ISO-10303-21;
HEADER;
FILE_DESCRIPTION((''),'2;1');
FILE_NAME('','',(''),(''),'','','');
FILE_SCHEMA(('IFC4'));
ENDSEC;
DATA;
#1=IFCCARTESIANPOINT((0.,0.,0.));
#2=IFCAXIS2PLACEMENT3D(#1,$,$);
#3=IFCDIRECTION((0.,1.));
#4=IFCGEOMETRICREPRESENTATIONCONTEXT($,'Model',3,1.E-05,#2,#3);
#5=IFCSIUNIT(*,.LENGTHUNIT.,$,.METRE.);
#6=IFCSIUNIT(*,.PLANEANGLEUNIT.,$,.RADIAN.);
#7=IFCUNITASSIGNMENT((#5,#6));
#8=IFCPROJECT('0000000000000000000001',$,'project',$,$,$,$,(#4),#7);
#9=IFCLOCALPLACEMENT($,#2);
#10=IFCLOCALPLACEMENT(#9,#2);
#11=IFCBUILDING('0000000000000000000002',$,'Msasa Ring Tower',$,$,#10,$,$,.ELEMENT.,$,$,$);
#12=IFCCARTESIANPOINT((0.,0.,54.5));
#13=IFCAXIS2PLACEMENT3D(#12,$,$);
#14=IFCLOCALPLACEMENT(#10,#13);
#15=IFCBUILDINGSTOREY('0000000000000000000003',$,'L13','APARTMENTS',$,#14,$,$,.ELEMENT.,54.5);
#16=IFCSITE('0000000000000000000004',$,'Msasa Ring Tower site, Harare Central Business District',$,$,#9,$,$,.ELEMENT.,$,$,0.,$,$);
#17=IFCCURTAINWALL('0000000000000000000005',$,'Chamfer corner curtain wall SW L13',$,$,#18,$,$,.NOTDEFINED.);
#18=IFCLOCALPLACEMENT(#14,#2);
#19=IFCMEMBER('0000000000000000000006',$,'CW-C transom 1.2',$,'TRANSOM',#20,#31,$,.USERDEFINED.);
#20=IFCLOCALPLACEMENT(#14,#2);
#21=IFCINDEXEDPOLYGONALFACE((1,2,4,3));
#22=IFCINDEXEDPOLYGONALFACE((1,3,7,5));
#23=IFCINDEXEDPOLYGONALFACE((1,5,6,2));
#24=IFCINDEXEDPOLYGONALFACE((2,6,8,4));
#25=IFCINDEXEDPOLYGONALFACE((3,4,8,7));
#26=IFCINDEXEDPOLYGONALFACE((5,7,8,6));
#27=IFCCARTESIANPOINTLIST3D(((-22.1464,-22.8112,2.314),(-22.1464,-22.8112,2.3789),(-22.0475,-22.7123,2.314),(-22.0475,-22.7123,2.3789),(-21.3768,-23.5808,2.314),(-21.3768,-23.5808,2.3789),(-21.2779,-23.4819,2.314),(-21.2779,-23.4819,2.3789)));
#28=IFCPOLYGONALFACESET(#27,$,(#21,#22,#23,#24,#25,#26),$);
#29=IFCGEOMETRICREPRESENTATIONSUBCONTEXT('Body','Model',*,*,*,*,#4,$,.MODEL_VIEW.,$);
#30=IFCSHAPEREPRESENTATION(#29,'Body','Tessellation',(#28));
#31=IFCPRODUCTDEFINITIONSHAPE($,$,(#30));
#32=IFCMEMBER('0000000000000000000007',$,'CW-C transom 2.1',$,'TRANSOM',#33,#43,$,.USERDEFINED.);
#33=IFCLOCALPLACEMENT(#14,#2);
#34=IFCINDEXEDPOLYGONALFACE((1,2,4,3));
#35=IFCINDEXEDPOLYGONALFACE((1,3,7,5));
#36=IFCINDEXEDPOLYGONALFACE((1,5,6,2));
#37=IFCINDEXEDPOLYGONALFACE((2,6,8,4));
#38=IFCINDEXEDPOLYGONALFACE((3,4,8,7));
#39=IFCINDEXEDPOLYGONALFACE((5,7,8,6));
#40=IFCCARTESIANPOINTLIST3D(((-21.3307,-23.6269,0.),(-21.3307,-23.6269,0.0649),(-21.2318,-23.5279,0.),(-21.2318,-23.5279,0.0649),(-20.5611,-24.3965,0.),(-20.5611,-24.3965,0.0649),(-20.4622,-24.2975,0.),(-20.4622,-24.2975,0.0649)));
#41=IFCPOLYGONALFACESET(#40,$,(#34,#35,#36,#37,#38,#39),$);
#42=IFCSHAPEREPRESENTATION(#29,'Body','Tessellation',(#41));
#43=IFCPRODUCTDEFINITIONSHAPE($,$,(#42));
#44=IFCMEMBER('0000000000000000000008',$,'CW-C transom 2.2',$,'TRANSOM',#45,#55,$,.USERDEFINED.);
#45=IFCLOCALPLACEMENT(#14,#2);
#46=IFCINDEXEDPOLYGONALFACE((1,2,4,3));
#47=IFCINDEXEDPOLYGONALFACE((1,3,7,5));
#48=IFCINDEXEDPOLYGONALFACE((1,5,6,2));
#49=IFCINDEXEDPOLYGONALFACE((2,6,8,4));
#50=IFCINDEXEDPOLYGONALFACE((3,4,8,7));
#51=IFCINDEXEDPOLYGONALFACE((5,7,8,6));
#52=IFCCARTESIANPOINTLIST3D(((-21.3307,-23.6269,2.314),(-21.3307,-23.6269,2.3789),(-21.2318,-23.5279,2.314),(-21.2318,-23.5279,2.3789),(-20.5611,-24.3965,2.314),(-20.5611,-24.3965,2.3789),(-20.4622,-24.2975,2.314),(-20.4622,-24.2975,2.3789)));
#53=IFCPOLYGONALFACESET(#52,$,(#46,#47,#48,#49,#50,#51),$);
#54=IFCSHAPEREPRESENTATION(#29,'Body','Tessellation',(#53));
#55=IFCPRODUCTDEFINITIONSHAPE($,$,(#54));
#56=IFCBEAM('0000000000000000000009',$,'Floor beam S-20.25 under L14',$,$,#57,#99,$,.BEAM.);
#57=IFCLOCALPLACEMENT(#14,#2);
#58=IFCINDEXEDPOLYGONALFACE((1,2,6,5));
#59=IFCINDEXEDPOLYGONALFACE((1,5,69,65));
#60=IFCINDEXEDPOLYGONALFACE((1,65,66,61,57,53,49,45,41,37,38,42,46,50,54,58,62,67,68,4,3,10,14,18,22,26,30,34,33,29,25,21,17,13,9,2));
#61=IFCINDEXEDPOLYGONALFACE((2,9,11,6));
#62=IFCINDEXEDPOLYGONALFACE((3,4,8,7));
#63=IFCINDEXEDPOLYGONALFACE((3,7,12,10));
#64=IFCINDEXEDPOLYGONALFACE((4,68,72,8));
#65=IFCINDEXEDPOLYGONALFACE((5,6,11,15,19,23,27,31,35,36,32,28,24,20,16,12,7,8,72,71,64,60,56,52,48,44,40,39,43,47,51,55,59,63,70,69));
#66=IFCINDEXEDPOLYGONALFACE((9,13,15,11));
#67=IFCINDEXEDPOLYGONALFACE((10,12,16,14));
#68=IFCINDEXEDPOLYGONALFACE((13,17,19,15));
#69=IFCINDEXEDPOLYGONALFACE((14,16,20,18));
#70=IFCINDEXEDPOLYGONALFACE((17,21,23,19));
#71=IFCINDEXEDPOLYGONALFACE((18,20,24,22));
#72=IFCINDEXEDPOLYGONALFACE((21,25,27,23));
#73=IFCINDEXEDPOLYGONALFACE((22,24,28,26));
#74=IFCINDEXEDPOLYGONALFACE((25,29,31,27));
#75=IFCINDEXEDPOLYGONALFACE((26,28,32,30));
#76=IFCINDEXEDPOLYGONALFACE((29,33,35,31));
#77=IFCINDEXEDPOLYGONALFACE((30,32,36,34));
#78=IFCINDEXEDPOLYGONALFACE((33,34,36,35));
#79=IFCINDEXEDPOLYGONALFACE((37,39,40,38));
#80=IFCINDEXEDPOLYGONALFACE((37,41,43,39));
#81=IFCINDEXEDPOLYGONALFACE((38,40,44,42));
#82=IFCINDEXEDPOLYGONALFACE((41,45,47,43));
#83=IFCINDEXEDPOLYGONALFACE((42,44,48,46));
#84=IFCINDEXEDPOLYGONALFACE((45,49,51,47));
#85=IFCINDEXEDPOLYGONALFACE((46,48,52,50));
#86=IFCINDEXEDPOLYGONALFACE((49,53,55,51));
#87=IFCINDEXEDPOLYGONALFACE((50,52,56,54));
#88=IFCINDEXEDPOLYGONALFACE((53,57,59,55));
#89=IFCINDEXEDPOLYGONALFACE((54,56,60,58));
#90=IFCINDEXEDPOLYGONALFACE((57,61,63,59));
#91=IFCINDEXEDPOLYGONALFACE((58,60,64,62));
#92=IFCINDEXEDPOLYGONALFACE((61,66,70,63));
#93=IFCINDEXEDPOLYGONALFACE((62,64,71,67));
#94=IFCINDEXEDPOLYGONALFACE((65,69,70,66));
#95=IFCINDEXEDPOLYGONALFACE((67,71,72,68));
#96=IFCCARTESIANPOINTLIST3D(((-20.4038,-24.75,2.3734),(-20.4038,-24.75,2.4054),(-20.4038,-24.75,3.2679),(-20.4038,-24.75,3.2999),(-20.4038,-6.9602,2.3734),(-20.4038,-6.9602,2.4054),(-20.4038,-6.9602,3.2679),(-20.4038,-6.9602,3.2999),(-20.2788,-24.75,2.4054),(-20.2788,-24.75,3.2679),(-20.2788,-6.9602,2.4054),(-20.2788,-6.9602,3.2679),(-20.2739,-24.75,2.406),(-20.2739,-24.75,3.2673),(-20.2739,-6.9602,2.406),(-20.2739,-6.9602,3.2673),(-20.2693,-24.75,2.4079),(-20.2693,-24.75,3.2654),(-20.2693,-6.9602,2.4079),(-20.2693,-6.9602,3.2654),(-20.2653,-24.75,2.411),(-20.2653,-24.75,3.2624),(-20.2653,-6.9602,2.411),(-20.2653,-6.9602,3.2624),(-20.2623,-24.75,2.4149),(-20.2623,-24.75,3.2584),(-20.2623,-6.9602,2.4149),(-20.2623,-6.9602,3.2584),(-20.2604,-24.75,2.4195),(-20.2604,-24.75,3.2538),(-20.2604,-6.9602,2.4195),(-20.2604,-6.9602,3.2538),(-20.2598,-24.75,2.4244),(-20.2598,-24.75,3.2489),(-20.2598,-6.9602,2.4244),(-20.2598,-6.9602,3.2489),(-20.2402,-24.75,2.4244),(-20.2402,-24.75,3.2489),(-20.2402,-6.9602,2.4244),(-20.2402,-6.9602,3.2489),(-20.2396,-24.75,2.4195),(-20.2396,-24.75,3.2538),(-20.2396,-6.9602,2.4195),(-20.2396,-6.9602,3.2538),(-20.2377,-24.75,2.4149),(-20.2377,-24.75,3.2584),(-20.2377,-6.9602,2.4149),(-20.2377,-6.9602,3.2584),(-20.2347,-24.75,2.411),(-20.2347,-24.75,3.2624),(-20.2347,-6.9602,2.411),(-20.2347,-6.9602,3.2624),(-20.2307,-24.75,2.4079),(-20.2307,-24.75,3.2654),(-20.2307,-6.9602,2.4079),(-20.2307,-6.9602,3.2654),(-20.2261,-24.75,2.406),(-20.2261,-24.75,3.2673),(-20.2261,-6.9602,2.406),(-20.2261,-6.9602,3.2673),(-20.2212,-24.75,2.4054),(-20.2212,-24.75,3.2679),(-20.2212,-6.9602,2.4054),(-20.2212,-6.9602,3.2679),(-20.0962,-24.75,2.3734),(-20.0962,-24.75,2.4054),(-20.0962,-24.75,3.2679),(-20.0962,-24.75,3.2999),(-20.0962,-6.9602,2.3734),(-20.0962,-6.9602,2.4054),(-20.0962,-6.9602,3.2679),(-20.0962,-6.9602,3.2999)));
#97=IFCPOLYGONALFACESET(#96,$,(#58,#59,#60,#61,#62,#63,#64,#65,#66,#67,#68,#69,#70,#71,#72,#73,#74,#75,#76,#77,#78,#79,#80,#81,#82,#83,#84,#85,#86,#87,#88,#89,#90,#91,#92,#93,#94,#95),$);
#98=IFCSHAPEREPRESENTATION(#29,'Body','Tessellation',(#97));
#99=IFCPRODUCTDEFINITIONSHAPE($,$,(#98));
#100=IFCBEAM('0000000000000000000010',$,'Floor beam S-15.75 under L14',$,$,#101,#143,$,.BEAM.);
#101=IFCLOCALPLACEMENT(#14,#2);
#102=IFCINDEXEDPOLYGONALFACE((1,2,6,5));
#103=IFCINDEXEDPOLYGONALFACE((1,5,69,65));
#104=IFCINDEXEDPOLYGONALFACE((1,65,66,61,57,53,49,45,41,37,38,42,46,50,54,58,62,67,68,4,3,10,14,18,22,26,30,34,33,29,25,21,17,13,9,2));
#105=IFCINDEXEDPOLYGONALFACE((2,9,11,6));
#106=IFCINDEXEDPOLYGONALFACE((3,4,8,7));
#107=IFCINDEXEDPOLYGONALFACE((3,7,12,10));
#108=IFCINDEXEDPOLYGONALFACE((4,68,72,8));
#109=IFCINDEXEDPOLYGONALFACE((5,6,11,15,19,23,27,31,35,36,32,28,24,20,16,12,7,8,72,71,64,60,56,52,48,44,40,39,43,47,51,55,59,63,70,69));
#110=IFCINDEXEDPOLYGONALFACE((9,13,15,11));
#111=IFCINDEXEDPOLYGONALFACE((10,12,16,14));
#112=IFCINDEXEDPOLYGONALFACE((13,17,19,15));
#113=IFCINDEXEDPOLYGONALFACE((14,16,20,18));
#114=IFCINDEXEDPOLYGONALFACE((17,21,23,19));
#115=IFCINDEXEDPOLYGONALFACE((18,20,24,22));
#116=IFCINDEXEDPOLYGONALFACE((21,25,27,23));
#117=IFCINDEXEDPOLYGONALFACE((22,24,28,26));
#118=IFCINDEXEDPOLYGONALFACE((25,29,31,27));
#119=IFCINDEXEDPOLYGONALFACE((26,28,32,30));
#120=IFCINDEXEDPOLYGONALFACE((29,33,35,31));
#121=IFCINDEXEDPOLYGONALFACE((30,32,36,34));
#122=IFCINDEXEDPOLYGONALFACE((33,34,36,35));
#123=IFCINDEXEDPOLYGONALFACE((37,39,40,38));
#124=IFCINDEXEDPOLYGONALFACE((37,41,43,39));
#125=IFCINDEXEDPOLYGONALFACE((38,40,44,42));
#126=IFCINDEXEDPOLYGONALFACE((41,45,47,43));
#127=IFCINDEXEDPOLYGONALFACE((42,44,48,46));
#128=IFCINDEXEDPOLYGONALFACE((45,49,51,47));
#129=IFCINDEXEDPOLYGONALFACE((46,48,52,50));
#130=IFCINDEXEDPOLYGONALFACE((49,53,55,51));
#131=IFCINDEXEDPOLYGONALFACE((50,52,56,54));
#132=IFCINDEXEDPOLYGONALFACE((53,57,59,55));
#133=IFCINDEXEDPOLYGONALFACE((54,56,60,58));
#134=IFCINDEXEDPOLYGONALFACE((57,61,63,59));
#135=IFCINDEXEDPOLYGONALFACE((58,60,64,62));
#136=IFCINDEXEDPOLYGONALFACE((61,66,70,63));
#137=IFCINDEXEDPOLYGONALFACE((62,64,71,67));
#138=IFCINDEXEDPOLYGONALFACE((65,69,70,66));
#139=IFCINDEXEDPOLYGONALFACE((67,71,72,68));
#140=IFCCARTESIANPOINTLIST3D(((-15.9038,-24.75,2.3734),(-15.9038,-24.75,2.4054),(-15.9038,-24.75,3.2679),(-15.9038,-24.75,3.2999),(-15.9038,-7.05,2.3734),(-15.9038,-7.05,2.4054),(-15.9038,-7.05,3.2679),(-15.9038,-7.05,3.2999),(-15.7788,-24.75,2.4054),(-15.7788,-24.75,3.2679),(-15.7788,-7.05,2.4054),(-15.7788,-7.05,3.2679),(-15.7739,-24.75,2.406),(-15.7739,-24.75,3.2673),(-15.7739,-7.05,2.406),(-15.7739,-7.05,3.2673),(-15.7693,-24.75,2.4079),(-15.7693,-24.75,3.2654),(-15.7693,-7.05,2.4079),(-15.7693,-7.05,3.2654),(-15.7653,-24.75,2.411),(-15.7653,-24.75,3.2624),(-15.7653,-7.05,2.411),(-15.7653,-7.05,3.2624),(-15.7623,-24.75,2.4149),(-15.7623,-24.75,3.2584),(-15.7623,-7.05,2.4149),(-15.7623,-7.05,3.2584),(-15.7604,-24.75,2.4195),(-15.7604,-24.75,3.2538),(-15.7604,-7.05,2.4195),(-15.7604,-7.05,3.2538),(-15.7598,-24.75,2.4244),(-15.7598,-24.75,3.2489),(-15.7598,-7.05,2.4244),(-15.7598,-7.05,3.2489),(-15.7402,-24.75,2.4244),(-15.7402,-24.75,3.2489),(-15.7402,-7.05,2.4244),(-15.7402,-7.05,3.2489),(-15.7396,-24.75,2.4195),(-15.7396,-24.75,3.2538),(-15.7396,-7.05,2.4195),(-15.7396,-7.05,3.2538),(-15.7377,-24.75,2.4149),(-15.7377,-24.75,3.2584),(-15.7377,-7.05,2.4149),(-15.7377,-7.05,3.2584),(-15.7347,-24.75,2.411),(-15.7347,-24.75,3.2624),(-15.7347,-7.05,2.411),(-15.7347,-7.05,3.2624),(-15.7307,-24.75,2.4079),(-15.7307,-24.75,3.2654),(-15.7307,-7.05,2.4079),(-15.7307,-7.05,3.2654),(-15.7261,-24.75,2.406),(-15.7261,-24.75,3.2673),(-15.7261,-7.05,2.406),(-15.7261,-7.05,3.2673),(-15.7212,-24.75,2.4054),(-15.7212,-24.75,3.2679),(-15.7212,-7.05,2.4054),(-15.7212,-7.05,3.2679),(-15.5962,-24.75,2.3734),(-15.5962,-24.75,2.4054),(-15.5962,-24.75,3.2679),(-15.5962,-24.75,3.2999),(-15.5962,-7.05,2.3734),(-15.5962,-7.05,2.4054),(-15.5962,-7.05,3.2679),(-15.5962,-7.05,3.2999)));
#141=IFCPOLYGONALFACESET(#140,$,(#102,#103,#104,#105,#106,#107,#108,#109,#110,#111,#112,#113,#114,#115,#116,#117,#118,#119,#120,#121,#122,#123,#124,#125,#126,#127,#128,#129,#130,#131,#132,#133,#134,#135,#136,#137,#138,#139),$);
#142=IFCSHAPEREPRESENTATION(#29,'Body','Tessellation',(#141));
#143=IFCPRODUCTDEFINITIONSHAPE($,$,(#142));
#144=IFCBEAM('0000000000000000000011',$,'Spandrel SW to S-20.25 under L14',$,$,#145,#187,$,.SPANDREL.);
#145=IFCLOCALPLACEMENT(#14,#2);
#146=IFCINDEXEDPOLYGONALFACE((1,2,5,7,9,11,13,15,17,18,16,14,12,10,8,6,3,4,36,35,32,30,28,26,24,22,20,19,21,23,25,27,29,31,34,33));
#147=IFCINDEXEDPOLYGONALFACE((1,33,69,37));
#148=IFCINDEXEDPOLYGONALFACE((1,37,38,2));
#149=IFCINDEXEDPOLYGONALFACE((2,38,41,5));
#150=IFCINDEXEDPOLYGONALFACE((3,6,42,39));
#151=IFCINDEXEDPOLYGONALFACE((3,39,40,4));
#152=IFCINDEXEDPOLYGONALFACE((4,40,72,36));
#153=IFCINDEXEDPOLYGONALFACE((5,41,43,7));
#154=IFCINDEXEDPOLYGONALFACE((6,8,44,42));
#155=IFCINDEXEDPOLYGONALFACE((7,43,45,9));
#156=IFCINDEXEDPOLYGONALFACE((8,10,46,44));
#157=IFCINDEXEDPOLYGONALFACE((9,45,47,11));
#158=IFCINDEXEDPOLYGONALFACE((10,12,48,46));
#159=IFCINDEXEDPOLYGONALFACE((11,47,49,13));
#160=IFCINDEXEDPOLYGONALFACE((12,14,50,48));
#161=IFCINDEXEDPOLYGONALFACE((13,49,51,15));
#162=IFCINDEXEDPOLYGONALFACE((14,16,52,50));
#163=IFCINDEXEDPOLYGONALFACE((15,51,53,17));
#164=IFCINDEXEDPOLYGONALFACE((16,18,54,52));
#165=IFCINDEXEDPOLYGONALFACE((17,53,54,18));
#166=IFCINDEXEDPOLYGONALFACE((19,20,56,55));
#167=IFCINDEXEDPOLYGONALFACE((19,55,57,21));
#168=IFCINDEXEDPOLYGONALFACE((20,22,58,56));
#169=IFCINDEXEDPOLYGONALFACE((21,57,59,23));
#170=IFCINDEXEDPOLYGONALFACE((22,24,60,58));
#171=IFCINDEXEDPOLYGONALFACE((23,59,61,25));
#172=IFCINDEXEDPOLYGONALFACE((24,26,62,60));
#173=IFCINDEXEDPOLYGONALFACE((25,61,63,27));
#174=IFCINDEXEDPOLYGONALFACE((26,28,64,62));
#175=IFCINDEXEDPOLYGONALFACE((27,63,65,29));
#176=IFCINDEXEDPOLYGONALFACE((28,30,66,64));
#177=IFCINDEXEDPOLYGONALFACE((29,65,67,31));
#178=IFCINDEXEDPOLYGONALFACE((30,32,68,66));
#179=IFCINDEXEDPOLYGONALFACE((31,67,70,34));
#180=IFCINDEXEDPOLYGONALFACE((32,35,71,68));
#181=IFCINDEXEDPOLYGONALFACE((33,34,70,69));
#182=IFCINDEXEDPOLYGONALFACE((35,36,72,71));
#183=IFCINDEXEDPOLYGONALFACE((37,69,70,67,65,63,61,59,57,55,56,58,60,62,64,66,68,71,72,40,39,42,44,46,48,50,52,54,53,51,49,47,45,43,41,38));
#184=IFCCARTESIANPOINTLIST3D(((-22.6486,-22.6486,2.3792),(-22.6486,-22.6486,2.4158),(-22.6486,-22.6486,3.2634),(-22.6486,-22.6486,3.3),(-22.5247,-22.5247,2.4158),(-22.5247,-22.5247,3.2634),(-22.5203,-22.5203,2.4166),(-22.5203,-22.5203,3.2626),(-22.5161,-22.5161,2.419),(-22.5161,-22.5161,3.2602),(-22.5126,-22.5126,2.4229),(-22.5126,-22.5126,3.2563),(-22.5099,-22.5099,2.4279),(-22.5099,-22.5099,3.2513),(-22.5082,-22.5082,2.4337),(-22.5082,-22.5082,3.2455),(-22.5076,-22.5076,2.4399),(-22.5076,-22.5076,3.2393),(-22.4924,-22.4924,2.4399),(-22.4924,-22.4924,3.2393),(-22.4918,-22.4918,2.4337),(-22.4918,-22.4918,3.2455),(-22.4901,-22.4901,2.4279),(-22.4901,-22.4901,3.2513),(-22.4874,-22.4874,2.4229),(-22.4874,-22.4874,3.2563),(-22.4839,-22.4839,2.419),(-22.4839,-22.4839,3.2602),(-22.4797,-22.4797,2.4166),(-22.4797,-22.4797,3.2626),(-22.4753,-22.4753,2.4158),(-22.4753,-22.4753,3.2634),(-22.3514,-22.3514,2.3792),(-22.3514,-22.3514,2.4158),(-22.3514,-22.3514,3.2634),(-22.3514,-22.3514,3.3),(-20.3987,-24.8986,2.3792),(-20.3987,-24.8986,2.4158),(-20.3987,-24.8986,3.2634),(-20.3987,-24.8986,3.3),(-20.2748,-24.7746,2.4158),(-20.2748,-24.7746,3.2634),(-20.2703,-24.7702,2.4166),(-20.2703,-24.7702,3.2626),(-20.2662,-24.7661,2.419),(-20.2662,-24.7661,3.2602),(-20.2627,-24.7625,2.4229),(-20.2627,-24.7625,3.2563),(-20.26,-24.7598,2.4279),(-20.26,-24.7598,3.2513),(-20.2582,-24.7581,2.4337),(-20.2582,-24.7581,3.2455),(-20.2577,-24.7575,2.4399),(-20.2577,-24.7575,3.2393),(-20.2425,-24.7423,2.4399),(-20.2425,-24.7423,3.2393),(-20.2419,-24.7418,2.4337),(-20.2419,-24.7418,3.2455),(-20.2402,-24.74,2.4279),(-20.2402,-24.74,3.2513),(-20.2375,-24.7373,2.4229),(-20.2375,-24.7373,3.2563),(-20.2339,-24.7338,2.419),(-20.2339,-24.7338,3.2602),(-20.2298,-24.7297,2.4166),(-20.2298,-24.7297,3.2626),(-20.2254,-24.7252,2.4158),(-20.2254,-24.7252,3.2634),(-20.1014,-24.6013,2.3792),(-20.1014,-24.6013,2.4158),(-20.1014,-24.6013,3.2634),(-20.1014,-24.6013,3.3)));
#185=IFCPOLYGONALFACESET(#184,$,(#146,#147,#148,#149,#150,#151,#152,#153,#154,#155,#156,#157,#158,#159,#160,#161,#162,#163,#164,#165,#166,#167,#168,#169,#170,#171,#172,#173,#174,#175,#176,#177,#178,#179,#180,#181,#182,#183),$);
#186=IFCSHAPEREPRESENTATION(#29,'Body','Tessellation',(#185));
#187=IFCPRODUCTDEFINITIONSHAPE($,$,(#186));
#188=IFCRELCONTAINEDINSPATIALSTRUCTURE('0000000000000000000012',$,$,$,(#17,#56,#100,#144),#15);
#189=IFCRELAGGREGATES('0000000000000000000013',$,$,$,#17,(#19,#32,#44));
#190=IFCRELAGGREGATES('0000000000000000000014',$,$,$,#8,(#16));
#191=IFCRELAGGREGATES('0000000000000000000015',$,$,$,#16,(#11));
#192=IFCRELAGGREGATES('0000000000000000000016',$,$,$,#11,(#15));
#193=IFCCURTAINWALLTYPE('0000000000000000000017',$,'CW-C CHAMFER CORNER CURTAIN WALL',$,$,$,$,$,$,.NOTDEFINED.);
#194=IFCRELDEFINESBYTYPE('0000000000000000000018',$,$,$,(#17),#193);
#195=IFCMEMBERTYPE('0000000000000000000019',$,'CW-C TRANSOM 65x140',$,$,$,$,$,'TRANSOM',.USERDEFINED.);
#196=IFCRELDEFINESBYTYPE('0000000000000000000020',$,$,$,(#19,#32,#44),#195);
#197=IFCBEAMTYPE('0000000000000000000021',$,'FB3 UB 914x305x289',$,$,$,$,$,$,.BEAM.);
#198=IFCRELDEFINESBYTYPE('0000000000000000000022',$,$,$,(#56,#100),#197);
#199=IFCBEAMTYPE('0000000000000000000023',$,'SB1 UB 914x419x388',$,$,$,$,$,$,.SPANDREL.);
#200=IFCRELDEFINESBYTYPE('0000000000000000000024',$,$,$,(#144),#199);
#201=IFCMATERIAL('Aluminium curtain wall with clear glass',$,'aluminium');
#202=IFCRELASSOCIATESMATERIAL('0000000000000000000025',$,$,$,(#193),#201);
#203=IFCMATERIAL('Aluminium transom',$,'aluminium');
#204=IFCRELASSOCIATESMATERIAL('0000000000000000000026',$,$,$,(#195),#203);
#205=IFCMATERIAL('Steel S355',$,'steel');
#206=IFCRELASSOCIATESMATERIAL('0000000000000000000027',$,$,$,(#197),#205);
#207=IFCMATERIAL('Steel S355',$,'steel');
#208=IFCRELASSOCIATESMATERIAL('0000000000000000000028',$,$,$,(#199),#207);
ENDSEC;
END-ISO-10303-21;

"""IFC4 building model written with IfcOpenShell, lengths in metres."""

from ifc_helpers import new_model, si_unit, direction, frame, origin, origin_2d, place, context, subcontext, project, spatial, rectangle, i_section, extrude, material, material_profile, profile_set, type_object, element, aggregate, save


model = new_model("IFC4")

# Units and contexts
model_context = context("Model", 3, precision=1e-05, world=origin(), true_north=direction((0.0, 1.0)))
body_context = subcontext(model_context, "Body", "Model", "MODEL_VIEW")
ifc_project = project(units=[si_unit("LENGTHUNIT", "METRE"), si_unit("PLANEANGLEUNIT", "RADIAN")], contexts=[model_context])

# Site, building, storey
site_placement = place(None, origin())
site = spatial("IfcSite", under=ifc_project, at=site_placement, Name="Msasa Ring Tower site, Harare Central Business District", CompositionType="ELEMENT", RefElevation=0.0)
building_placement = place(site_placement, origin())
building = spatial("IfcBuilding", under=site, at=building_placement, Name="Msasa Ring Tower", CompositionType="ELEMENT")
storey_placement = place(building_placement, frame((0.0, 0.0, 54.5)))
storey = spatial("IfcBuildingStorey", under=building, at=storey_placement, Name="L13", Description="APARTMENTS", CompositionType="ELEMENT", Elevation=54.5)

# Curtain wall
ifc_material_1 = material(Name="Aluminium curtain wall with clear glass", Category="aluminium")
curtain_wall_type = type_object("IfcCurtainWallType", Name="CW-C CHAMFER CORNER CURTAIN WALL", PredefinedType="NOTDEFINED", material=ifc_material_1)
curtain_wall_1_placement = place(storey_placement, origin())
curtain_wall_1 = element("IfcCurtainWall", 1, at=curtain_wall_1_placement, inside=storey, type_object=curtain_wall_type, Name="Chamfer corner curtain wall SW L13", PredefinedType="NOTDEFINED")

# Members
ifc_material_2 = material(Name="Aluminium transom", Category="aluminium")
ifc_material_profile_1 = material_profile(ifc_material_2, rectangle(XDim=0.1399, YDim=0.0649, at=origin_2d()), Name="AL 65x140")
ifc_profile_set_1 = profile_set([ifc_material_profile_1], Name="Aluminium transom")
member_type_1 = type_object("IfcMemberType", Name="CW-C TRANSOM 65x140", ElementType="TRANSOM", PredefinedType="USERDEFINED", material=ifc_profile_set_1)
member_1_placement = place(storey_placement, frame((-22.0969, -22.7617, 2.3464), z_axis=(0.707107, -0.707107, 0.0), x_axis=(0.707107, 0.707107, 0.0)))
member_1 = element("IfcMember", 2, at=member_1_placement, type_object=member_type_1, Name="CW-C transom 1.2", ObjectType="TRANSOM", PredefinedType="USERDEFINED", context=body_context, shape_type="SweptSolid", body=[
    extrude(rectangle(XDim=0.1399, YDim=0.0649, at=origin_2d()), origin(), (0.0, 0.0, 1.0), 1.0884),
])
member_2_placement = place(storey_placement, frame((-21.2812, -23.5774, 0.0325), z_axis=(0.707107, -0.707107, 0.0), x_axis=(0.707107, 0.707107, 0.0)))
member_2 = element("IfcMember", 3, at=member_2_placement, type_object=member_type_1, Name="CW-C transom 2.1", ObjectType="TRANSOM", PredefinedType="USERDEFINED", context=body_context, shape_type="SweptSolid", body=[
    extrude(rectangle(XDim=0.1399, YDim=0.0649, at=origin_2d()), origin(), (0.0, 0.0, 1.0), 1.0884),
])
member_3_placement = place(storey_placement, frame((-21.2812, -23.5774, 2.3464), z_axis=(0.707107, -0.707107, 0.0), x_axis=(0.707107, 0.707107, 0.0)))
member_3 = element("IfcMember", 4, at=member_3_placement, type_object=member_type_1, Name="CW-C transom 2.2", ObjectType="TRANSOM", PredefinedType="USERDEFINED", context=body_context, shape_type="SweptSolid", body=[
    extrude(rectangle(XDim=0.1399, YDim=0.0649, at=origin_2d()), origin(), (0.0, 0.0, 1.0), 1.0884),
])

# Beams
ifc_material_3 = material(Name="Steel S355", Category="steel")
ifc_material_profile_2 = material_profile(ifc_material_3, i_section(OverallWidth=0.3076, OverallDepth=0.9265, WebThickness=0.0195, FlangeThickness=0.032, FilletRadius=0.019, at=origin_2d()), Name="UB 914x305x289")
ifc_profile_set_2 = profile_set([ifc_material_profile_2], Name="Steel S355")
beam_type_1 = type_object("IfcBeamType", Name="FB3 UB 914x305x289", PredefinedType="BEAM", material=ifc_profile_set_2)
beam_1_placement = place(storey_placement, frame((-20.25, -24.75, 2.8367), z_axis=(0.0, 1.0, 0.0), x_axis=(-1.0, 0.0, 0.0)))
element("IfcBeam", 5, at=beam_1_placement, inside=storey, type_object=beam_type_1, Name="Floor beam S-20.25 under L14", PredefinedType="BEAM", context=body_context, shape_type="SweptSolid", body=[
    extrude(i_section(OverallWidth=0.3076, OverallDepth=0.9265, WebThickness=0.0195, FlangeThickness=0.032, FilletRadius=0.019, at=origin_2d()), origin(), (0.0, 0.0, 1.0), 17.7898),
])
beam_2_placement = place(storey_placement, frame((-15.75, -24.75, 2.8367), z_axis=(0.0, 1.0, 0.0), x_axis=(-1.0, 0.0, 0.0)))
element("IfcBeam", 6, at=beam_2_placement, inside=storey, type_object=beam_type_1, Name="Floor beam S-15.75 under L14", PredefinedType="BEAM", context=body_context, shape_type="SweptSolid", body=[
    extrude(i_section(OverallWidth=0.3076, OverallDepth=0.9265, WebThickness=0.0195, FlangeThickness=0.032, FilletRadius=0.019, at=origin_2d()), origin(), (0.0, 0.0, 1.0), 17.7),
])
ifc_material_4 = material(Name="Steel S355", Category="steel")
ifc_material_profile_3 = material_profile(ifc_material_4, i_section(OverallWidth=0.4204, OverallDepth=0.9209, WebThickness=0.0215, FlangeThickness=0.0366, FilletRadius=0.0242, at=origin_2d()), Name="UB 914x419x388")
ifc_profile_set_3 = profile_set([ifc_material_profile_3], Name="Steel S355")
beam_type_2 = type_object("IfcBeamType", Name="SB1 UB 914x419x388", PredefinedType="SPANDREL", material=ifc_profile_set_3)
beam_3_placement = place(storey_placement, frame((-22.5, -22.5, 2.8396), z_axis=(0.707107, -0.707107, 0.0), x_axis=(0.707107, 0.707107, 0.0)))
element("IfcBeam", 7, at=beam_3_placement, inside=storey, type_object=beam_type_2, Name="Spandrel SW to S-20.25 under L14", PredefinedType="SPANDREL", context=body_context, shape_type="SweptSolid", body=[
    extrude(i_section(OverallWidth=0.4204, OverallDepth=0.9209, WebThickness=0.0215, FlangeThickness=0.0366, FilletRadius=0.0242, at=origin_2d()), origin(), (0.0, 0.0, 1.0), 3.1819),
])

aggregate(curtain_wall_1, [member_1, member_2, member_3])

save(model, "model.ifc")
